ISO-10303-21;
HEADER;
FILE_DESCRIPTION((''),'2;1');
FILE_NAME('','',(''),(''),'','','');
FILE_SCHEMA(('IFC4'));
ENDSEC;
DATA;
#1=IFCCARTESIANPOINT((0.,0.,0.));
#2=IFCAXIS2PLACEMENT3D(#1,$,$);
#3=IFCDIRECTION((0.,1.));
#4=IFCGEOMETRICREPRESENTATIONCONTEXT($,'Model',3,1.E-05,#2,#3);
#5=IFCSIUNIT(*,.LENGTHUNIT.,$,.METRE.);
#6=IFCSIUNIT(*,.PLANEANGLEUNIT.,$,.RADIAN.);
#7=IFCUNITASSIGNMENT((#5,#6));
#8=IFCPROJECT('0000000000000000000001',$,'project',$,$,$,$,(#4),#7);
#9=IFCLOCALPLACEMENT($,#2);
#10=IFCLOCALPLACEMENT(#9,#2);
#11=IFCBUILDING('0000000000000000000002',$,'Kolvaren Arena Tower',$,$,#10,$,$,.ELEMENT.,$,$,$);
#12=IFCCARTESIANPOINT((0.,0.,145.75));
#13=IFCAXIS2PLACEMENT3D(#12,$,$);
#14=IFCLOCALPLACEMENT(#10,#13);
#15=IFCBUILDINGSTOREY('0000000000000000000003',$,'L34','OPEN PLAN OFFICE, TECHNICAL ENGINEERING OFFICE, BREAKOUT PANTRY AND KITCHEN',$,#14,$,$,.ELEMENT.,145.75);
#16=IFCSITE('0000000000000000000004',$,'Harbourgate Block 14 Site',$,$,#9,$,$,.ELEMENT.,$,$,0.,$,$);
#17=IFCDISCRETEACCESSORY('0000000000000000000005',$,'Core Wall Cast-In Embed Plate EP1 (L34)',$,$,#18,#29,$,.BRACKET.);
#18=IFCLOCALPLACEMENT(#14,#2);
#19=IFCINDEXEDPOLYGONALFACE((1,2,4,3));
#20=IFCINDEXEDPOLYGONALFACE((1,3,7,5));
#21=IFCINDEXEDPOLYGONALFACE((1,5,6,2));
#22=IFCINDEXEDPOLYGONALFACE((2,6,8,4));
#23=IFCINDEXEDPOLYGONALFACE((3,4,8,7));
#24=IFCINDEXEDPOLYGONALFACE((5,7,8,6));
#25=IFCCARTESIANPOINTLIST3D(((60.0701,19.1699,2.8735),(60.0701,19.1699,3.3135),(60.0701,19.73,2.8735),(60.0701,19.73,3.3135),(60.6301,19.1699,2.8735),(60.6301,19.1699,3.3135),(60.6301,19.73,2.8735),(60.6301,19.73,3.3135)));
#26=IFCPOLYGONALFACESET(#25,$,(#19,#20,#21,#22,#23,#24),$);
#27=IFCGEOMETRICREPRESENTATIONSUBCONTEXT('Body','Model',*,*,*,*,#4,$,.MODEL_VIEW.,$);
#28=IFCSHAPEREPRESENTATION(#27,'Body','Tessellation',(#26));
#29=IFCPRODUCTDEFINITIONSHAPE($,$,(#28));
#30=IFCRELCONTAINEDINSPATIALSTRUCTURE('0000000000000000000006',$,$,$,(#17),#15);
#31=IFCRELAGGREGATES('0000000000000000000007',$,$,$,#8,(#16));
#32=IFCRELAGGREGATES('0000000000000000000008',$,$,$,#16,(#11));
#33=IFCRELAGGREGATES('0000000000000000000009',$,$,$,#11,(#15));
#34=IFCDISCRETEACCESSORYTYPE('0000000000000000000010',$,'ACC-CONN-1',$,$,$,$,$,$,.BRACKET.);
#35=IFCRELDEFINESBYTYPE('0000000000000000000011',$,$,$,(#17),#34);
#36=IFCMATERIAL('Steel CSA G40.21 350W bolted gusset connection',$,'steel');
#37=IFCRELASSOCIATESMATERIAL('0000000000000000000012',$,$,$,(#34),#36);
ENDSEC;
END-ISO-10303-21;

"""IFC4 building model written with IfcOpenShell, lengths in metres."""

from ifc_helpers import new_model, si_unit, direction, frame, origin, origin_2d, place, context, subcontext, project, spatial, rectangle, extrude, material, type_object, element, save


model = new_model("IFC4")

# Units and contexts
model_context = context("Model", 3, precision=1e-05, world=origin(), true_north=direction((0.0, 1.0)))
body_context = subcontext(model_context, "Body", "Model", "MODEL_VIEW")
ifc_project = project(units=[si_unit("LENGTHUNIT", "METRE"), si_unit("PLANEANGLEUNIT", "RADIAN")], contexts=[model_context])

# Site, building, storey
site_placement = place(None, origin())
site = spatial("IfcSite", under=ifc_project, at=site_placement, Name="Harbourgate Block 14 Site", CompositionType="ELEMENT", RefElevation=0.0)
building_placement = place(site_placement, origin())
building = spatial("IfcBuilding", under=site, at=building_placement, Name="Kolvaren Arena Tower", CompositionType="ELEMENT")
storey_placement = place(building_placement, frame((0.0, 0.0, 145.75)))
storey = spatial("IfcBuildingStorey", under=building, at=storey_placement, Name="L34", Description="OPEN PLAN OFFICE, TECHNICAL ENGINEERING OFFICE, BREAKOUT PANTRY AND KITCHEN", CompositionType="ELEMENT", Elevation=145.75)

# Discrete accessory
ifc_material_1 = material(Name="Steel CSA G40.21 350W bolted gusset connection", Category="steel")
discrete_accessory_type_1 = type_object("IfcDiscreteAccessoryType", Name="ACC-CONN-1", PredefinedType="BRACKET", material=ifc_material_1)
discrete_accessory_1_placement = place(storey_placement, frame((60.3501, 19.45, 2.8735), z_axis=(0.0, 0.0, 1.0), x_axis=(1.0, 0.0, 0.0)))
element("IfcDiscreteAccessory", 1, at=discrete_accessory_1_placement, inside=storey, type_object=discrete_accessory_type_1, Name="Core Wall Cast-In Embed Plate EP1 (L34)", PredefinedType="BRACKET", context=body_context, shape_type="SweptSolid", body=[
    extrude(rectangle(XDim=0.5601, YDim=0.5601, at=origin_2d()), origin(), (0.0, 0.0, 1.0), 0.4399),
])

save(model, "model.ifc")
